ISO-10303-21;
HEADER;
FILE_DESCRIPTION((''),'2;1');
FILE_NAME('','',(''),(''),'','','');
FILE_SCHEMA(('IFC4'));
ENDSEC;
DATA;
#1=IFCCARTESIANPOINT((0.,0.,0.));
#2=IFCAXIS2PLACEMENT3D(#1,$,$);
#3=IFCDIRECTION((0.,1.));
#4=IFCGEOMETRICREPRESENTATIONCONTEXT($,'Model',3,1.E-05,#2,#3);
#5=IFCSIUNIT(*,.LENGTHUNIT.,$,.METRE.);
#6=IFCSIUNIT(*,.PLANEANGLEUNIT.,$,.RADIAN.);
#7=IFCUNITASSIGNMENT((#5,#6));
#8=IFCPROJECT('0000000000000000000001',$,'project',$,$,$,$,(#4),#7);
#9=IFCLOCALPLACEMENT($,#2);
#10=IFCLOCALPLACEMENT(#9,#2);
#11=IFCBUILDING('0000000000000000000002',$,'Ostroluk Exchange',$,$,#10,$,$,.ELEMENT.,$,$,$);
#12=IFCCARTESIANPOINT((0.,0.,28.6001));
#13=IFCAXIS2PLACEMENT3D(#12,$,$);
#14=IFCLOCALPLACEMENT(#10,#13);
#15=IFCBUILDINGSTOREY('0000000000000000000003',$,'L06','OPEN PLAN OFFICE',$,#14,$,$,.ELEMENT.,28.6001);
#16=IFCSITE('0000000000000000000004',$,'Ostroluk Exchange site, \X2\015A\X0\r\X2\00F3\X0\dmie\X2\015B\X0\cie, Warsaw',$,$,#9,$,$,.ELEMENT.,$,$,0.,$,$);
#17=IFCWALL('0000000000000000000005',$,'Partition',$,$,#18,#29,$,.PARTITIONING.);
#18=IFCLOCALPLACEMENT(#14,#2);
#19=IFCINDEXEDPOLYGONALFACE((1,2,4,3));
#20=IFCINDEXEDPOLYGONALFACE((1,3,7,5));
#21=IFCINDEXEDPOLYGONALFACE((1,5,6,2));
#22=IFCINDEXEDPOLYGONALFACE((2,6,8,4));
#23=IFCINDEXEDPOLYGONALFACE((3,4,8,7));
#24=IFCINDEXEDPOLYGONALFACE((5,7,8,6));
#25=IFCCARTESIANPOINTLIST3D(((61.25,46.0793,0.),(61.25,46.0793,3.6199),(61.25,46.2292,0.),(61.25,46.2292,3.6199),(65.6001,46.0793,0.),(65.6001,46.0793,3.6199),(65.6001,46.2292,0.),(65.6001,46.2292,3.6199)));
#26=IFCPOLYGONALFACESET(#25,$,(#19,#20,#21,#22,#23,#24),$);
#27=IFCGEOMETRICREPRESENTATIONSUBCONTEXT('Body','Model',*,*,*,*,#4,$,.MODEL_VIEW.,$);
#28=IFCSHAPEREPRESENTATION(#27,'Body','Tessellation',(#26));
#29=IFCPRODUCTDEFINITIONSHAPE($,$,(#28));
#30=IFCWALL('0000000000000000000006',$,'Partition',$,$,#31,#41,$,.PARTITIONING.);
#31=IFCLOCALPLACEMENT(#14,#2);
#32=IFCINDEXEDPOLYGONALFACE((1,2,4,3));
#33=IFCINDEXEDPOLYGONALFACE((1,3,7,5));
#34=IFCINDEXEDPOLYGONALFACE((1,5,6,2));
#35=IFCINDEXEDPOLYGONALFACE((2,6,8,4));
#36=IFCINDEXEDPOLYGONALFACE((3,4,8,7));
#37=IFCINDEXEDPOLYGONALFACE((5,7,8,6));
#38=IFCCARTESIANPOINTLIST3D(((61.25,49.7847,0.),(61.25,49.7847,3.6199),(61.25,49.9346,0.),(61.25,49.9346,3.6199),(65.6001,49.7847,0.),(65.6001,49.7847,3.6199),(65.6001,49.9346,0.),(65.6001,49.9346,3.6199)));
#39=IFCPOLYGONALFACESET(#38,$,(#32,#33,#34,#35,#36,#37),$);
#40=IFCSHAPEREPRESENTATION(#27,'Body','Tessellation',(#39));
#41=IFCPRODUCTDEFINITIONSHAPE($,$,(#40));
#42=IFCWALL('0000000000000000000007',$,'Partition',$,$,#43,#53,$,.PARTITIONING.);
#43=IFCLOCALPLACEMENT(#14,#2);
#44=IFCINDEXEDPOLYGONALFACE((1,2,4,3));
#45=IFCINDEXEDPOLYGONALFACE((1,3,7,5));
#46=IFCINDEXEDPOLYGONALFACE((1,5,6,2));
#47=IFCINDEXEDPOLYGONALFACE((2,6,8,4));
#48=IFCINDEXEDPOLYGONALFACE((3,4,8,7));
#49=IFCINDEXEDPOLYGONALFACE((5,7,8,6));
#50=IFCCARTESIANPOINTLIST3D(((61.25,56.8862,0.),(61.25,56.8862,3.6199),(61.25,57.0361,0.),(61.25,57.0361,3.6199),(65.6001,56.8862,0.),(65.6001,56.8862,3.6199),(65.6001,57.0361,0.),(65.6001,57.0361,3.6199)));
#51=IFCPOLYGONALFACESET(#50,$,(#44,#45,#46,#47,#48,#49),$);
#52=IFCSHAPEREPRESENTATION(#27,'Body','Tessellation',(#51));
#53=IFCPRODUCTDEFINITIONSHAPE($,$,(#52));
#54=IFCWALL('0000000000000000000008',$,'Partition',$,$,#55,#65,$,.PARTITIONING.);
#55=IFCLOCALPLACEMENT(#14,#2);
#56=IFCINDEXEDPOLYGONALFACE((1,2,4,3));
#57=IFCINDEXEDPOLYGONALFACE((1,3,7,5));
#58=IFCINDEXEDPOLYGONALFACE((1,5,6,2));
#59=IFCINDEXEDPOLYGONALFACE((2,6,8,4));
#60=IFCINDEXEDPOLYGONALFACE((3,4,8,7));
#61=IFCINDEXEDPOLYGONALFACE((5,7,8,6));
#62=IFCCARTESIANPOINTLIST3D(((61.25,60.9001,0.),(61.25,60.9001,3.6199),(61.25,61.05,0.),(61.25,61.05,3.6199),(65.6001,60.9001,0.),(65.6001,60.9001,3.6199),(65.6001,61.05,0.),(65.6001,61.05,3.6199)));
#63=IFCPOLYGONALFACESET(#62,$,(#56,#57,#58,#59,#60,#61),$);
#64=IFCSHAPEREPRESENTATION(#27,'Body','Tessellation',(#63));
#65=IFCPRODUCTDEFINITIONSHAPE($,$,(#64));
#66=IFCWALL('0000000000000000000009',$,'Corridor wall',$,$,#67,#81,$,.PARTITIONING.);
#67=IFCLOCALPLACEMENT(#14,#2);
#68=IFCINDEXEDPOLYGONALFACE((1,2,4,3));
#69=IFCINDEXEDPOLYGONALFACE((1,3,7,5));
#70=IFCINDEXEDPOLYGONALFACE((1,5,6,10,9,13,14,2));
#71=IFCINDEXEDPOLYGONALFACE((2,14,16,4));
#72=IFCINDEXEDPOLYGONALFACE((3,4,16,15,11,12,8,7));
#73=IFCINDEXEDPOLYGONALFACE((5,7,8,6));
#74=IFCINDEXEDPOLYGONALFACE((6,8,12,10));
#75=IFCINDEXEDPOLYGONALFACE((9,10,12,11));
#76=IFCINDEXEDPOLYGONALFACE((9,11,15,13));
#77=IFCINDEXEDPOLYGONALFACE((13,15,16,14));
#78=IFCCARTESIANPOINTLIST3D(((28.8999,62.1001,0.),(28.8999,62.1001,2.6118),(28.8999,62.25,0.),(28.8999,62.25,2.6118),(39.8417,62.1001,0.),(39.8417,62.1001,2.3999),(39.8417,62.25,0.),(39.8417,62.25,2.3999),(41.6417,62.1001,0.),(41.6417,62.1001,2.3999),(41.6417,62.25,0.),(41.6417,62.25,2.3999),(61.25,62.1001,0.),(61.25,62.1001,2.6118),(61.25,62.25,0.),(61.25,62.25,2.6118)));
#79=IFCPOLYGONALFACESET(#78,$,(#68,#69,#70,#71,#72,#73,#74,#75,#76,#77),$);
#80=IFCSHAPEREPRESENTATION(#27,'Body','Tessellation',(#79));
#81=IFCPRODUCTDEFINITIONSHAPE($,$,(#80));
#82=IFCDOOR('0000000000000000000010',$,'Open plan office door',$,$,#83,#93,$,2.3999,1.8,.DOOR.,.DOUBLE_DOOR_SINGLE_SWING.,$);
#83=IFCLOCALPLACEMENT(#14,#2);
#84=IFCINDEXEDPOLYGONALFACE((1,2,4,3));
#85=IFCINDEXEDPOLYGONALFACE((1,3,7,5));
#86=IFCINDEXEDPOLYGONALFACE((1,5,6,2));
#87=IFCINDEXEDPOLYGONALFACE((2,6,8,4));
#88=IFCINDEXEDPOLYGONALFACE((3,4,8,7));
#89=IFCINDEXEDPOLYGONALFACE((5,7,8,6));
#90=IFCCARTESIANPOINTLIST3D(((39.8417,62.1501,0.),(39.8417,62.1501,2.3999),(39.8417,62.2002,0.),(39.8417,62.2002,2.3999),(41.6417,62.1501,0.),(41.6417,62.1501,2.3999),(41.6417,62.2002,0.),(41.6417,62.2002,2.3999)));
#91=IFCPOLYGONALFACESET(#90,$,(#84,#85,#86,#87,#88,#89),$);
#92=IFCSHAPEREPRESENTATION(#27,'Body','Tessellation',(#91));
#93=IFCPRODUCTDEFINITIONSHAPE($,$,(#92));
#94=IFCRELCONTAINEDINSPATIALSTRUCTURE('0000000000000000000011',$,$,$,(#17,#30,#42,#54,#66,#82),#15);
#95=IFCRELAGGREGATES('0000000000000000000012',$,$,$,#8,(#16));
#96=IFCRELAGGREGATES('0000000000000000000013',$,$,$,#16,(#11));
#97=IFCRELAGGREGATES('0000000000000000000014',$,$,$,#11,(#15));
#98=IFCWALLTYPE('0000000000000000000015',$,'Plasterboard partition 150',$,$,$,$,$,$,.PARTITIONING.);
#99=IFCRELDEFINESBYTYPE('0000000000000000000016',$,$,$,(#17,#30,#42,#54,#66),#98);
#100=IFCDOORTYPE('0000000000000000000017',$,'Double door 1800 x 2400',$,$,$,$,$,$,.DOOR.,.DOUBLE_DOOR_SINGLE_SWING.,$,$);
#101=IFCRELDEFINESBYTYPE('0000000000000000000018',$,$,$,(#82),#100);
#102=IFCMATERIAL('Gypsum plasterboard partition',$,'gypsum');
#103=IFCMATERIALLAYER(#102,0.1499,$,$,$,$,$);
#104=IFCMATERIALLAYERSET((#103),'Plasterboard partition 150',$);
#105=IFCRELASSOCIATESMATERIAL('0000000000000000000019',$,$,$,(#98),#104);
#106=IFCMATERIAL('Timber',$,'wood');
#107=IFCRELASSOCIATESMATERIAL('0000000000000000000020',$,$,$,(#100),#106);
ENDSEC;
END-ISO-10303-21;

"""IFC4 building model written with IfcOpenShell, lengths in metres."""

from ifc_helpers import new_model, si_unit, direction, frame, frame_2d, origin, place, context, subcontext, project, spatial, rectangle, extrude, material, layer, layer_set, type_object, element, fill, save


model = new_model("IFC4")

# Units and contexts
model_context = context("Model", 3, precision=1e-05, world=origin(), true_north=direction((0.0, 1.0)))
body_context = subcontext(model_context, "Body", "Model", "MODEL_VIEW")
ifc_project = project(units=[si_unit("LENGTHUNIT", "METRE"), si_unit("PLANEANGLEUNIT", "RADIAN")], contexts=[model_context])

# Site, building, storey
site_placement = place(None, origin())
site = spatial("IfcSite", under=ifc_project, at=site_placement, Name="Ostroluk Exchange site, Śródmieście, Warsaw", CompositionType="ELEMENT", RefElevation=0.0)
building_placement = place(site_placement, origin())
building = spatial("IfcBuilding", under=site, at=building_placement, Name="Ostroluk Exchange", CompositionType="ELEMENT")
storey_placement = place(building_placement, frame((0.0, 0.0, 28.6001)))
storey = spatial("IfcBuildingStorey", under=building, at=storey_placement, Name="L06", Description="OPEN PLAN OFFICE", CompositionType="ELEMENT", Elevation=28.6001)

# Walls
ifc_material_1 = material(Name="Gypsum plasterboard partition", Category="gypsum")
ifc_layer_1 = layer(ifc_material_1, 0.1499)
ifc_layer_set_1 = layer_set([ifc_layer_1], Name="Plasterboard partition 150")
wall_type = type_object("IfcWallType", Name="Plasterboard partition 150", PredefinedType="PARTITIONING", material=ifc_layer_set_1)
for number, where, z_axis, x_axis, name in (
    (1, (61.25, 46.1543, 0.0), (0.0, 0.0, 1.0), (1.0, 0.0, 0.0), "Partition"),
    (2, (61.25, 49.8596, 0.0), (0.0, 0.0, 1.0), (1.0, 0.0, 0.0), "Partition"),
    (3, (61.25, 56.9612, 0.0), (0.0, 0.0, 1.0), (1.0, 0.0, 0.0), "Partition"),
    (4, (61.25, 60.9751, 0.0), (0.0, 0.0, 1.0), (1.0, 0.0, 0.0), "Partition"),
):
    element("IfcWall", number, at=place(storey_placement, frame(where, z_axis=z_axis, x_axis=x_axis)), inside=storey, type_object=wall_type, Name=name, PredefinedType="PARTITIONING", context=body_context, shape_type="SweptSolid", body=[
        extrude(rectangle(XDim=4.3501, YDim=0.1499, at=frame_2d((2.175, 0.0))), origin(), (0.0, 0.0, 1.0), 3.6199),
    ])

# Wall, opening, door
wall_placement = place(storey_placement, frame((61.25, 62.175, 0.0), z_axis=(0.0, 0.0, 1.0), x_axis=(-1.0, 0.0, 0.0)))
wall = element("IfcWall", 5, at=wall_placement, inside=storey, type_object=wall_type, Name="Corridor wall", PredefinedType="PARTITIONING", context=body_context, shape_type="SweptSolid", body=[
    extrude(rectangle(XDim=32.3501, YDim=0.1499, at=frame_2d((16.175, 0.0))), origin(), (0.0, 0.0, 1.0), 2.6118),
])
opening_placement = place(wall_placement, frame((19.6084, 0.0, 0.0)))
opening = element("IfcOpeningElement", 6, at=opening_placement, cuts=wall, PredefinedType="OPENING", context=body_context, shape_type="SweptSolid", body=[
    extrude(rectangle(XDim=1.8, YDim=2.3999, at=frame_2d((0.8999, 1.2))), frame((0.0, 0.085, 0.0), z_axis=(0.0, -1.0, 0.0), x_axis=(1.0, 0.0, 0.0)), (0.0, 0.0, 1.0), 0.1699),
])
ifc_material_2 = material(Name="Timber", Category="wood")
door_type = type_object("IfcDoorType", Name="Double door 1800 x 2400", OperationType="DOUBLE_DOOR_SINGLE_SWING", PredefinedType="DOOR", material=ifc_material_2)
door_placement = place(opening_placement, origin())
door = element("IfcDoor", 7, at=door_placement, inside=storey, type_object=door_type, Name="Open plan office door", OperationType="DOUBLE_DOOR_SINGLE_SWING", OverallHeight=2.3999, OverallWidth=1.8, PredefinedType="DOOR", context=body_context, shape_type="SweptSolid", body=[
    extrude(rectangle(XDim=1.8, YDim=2.3999, at=frame_2d((0.8999, 1.2))), frame((0.0, 0.0249, 0.0), z_axis=(0.0, -1.0, 0.0), x_axis=(1.0, 0.0, 0.0)), (0.0, 0.0, 1.0), 0.05),
])
fill(opening, door)

save(model, "model.ifc")
